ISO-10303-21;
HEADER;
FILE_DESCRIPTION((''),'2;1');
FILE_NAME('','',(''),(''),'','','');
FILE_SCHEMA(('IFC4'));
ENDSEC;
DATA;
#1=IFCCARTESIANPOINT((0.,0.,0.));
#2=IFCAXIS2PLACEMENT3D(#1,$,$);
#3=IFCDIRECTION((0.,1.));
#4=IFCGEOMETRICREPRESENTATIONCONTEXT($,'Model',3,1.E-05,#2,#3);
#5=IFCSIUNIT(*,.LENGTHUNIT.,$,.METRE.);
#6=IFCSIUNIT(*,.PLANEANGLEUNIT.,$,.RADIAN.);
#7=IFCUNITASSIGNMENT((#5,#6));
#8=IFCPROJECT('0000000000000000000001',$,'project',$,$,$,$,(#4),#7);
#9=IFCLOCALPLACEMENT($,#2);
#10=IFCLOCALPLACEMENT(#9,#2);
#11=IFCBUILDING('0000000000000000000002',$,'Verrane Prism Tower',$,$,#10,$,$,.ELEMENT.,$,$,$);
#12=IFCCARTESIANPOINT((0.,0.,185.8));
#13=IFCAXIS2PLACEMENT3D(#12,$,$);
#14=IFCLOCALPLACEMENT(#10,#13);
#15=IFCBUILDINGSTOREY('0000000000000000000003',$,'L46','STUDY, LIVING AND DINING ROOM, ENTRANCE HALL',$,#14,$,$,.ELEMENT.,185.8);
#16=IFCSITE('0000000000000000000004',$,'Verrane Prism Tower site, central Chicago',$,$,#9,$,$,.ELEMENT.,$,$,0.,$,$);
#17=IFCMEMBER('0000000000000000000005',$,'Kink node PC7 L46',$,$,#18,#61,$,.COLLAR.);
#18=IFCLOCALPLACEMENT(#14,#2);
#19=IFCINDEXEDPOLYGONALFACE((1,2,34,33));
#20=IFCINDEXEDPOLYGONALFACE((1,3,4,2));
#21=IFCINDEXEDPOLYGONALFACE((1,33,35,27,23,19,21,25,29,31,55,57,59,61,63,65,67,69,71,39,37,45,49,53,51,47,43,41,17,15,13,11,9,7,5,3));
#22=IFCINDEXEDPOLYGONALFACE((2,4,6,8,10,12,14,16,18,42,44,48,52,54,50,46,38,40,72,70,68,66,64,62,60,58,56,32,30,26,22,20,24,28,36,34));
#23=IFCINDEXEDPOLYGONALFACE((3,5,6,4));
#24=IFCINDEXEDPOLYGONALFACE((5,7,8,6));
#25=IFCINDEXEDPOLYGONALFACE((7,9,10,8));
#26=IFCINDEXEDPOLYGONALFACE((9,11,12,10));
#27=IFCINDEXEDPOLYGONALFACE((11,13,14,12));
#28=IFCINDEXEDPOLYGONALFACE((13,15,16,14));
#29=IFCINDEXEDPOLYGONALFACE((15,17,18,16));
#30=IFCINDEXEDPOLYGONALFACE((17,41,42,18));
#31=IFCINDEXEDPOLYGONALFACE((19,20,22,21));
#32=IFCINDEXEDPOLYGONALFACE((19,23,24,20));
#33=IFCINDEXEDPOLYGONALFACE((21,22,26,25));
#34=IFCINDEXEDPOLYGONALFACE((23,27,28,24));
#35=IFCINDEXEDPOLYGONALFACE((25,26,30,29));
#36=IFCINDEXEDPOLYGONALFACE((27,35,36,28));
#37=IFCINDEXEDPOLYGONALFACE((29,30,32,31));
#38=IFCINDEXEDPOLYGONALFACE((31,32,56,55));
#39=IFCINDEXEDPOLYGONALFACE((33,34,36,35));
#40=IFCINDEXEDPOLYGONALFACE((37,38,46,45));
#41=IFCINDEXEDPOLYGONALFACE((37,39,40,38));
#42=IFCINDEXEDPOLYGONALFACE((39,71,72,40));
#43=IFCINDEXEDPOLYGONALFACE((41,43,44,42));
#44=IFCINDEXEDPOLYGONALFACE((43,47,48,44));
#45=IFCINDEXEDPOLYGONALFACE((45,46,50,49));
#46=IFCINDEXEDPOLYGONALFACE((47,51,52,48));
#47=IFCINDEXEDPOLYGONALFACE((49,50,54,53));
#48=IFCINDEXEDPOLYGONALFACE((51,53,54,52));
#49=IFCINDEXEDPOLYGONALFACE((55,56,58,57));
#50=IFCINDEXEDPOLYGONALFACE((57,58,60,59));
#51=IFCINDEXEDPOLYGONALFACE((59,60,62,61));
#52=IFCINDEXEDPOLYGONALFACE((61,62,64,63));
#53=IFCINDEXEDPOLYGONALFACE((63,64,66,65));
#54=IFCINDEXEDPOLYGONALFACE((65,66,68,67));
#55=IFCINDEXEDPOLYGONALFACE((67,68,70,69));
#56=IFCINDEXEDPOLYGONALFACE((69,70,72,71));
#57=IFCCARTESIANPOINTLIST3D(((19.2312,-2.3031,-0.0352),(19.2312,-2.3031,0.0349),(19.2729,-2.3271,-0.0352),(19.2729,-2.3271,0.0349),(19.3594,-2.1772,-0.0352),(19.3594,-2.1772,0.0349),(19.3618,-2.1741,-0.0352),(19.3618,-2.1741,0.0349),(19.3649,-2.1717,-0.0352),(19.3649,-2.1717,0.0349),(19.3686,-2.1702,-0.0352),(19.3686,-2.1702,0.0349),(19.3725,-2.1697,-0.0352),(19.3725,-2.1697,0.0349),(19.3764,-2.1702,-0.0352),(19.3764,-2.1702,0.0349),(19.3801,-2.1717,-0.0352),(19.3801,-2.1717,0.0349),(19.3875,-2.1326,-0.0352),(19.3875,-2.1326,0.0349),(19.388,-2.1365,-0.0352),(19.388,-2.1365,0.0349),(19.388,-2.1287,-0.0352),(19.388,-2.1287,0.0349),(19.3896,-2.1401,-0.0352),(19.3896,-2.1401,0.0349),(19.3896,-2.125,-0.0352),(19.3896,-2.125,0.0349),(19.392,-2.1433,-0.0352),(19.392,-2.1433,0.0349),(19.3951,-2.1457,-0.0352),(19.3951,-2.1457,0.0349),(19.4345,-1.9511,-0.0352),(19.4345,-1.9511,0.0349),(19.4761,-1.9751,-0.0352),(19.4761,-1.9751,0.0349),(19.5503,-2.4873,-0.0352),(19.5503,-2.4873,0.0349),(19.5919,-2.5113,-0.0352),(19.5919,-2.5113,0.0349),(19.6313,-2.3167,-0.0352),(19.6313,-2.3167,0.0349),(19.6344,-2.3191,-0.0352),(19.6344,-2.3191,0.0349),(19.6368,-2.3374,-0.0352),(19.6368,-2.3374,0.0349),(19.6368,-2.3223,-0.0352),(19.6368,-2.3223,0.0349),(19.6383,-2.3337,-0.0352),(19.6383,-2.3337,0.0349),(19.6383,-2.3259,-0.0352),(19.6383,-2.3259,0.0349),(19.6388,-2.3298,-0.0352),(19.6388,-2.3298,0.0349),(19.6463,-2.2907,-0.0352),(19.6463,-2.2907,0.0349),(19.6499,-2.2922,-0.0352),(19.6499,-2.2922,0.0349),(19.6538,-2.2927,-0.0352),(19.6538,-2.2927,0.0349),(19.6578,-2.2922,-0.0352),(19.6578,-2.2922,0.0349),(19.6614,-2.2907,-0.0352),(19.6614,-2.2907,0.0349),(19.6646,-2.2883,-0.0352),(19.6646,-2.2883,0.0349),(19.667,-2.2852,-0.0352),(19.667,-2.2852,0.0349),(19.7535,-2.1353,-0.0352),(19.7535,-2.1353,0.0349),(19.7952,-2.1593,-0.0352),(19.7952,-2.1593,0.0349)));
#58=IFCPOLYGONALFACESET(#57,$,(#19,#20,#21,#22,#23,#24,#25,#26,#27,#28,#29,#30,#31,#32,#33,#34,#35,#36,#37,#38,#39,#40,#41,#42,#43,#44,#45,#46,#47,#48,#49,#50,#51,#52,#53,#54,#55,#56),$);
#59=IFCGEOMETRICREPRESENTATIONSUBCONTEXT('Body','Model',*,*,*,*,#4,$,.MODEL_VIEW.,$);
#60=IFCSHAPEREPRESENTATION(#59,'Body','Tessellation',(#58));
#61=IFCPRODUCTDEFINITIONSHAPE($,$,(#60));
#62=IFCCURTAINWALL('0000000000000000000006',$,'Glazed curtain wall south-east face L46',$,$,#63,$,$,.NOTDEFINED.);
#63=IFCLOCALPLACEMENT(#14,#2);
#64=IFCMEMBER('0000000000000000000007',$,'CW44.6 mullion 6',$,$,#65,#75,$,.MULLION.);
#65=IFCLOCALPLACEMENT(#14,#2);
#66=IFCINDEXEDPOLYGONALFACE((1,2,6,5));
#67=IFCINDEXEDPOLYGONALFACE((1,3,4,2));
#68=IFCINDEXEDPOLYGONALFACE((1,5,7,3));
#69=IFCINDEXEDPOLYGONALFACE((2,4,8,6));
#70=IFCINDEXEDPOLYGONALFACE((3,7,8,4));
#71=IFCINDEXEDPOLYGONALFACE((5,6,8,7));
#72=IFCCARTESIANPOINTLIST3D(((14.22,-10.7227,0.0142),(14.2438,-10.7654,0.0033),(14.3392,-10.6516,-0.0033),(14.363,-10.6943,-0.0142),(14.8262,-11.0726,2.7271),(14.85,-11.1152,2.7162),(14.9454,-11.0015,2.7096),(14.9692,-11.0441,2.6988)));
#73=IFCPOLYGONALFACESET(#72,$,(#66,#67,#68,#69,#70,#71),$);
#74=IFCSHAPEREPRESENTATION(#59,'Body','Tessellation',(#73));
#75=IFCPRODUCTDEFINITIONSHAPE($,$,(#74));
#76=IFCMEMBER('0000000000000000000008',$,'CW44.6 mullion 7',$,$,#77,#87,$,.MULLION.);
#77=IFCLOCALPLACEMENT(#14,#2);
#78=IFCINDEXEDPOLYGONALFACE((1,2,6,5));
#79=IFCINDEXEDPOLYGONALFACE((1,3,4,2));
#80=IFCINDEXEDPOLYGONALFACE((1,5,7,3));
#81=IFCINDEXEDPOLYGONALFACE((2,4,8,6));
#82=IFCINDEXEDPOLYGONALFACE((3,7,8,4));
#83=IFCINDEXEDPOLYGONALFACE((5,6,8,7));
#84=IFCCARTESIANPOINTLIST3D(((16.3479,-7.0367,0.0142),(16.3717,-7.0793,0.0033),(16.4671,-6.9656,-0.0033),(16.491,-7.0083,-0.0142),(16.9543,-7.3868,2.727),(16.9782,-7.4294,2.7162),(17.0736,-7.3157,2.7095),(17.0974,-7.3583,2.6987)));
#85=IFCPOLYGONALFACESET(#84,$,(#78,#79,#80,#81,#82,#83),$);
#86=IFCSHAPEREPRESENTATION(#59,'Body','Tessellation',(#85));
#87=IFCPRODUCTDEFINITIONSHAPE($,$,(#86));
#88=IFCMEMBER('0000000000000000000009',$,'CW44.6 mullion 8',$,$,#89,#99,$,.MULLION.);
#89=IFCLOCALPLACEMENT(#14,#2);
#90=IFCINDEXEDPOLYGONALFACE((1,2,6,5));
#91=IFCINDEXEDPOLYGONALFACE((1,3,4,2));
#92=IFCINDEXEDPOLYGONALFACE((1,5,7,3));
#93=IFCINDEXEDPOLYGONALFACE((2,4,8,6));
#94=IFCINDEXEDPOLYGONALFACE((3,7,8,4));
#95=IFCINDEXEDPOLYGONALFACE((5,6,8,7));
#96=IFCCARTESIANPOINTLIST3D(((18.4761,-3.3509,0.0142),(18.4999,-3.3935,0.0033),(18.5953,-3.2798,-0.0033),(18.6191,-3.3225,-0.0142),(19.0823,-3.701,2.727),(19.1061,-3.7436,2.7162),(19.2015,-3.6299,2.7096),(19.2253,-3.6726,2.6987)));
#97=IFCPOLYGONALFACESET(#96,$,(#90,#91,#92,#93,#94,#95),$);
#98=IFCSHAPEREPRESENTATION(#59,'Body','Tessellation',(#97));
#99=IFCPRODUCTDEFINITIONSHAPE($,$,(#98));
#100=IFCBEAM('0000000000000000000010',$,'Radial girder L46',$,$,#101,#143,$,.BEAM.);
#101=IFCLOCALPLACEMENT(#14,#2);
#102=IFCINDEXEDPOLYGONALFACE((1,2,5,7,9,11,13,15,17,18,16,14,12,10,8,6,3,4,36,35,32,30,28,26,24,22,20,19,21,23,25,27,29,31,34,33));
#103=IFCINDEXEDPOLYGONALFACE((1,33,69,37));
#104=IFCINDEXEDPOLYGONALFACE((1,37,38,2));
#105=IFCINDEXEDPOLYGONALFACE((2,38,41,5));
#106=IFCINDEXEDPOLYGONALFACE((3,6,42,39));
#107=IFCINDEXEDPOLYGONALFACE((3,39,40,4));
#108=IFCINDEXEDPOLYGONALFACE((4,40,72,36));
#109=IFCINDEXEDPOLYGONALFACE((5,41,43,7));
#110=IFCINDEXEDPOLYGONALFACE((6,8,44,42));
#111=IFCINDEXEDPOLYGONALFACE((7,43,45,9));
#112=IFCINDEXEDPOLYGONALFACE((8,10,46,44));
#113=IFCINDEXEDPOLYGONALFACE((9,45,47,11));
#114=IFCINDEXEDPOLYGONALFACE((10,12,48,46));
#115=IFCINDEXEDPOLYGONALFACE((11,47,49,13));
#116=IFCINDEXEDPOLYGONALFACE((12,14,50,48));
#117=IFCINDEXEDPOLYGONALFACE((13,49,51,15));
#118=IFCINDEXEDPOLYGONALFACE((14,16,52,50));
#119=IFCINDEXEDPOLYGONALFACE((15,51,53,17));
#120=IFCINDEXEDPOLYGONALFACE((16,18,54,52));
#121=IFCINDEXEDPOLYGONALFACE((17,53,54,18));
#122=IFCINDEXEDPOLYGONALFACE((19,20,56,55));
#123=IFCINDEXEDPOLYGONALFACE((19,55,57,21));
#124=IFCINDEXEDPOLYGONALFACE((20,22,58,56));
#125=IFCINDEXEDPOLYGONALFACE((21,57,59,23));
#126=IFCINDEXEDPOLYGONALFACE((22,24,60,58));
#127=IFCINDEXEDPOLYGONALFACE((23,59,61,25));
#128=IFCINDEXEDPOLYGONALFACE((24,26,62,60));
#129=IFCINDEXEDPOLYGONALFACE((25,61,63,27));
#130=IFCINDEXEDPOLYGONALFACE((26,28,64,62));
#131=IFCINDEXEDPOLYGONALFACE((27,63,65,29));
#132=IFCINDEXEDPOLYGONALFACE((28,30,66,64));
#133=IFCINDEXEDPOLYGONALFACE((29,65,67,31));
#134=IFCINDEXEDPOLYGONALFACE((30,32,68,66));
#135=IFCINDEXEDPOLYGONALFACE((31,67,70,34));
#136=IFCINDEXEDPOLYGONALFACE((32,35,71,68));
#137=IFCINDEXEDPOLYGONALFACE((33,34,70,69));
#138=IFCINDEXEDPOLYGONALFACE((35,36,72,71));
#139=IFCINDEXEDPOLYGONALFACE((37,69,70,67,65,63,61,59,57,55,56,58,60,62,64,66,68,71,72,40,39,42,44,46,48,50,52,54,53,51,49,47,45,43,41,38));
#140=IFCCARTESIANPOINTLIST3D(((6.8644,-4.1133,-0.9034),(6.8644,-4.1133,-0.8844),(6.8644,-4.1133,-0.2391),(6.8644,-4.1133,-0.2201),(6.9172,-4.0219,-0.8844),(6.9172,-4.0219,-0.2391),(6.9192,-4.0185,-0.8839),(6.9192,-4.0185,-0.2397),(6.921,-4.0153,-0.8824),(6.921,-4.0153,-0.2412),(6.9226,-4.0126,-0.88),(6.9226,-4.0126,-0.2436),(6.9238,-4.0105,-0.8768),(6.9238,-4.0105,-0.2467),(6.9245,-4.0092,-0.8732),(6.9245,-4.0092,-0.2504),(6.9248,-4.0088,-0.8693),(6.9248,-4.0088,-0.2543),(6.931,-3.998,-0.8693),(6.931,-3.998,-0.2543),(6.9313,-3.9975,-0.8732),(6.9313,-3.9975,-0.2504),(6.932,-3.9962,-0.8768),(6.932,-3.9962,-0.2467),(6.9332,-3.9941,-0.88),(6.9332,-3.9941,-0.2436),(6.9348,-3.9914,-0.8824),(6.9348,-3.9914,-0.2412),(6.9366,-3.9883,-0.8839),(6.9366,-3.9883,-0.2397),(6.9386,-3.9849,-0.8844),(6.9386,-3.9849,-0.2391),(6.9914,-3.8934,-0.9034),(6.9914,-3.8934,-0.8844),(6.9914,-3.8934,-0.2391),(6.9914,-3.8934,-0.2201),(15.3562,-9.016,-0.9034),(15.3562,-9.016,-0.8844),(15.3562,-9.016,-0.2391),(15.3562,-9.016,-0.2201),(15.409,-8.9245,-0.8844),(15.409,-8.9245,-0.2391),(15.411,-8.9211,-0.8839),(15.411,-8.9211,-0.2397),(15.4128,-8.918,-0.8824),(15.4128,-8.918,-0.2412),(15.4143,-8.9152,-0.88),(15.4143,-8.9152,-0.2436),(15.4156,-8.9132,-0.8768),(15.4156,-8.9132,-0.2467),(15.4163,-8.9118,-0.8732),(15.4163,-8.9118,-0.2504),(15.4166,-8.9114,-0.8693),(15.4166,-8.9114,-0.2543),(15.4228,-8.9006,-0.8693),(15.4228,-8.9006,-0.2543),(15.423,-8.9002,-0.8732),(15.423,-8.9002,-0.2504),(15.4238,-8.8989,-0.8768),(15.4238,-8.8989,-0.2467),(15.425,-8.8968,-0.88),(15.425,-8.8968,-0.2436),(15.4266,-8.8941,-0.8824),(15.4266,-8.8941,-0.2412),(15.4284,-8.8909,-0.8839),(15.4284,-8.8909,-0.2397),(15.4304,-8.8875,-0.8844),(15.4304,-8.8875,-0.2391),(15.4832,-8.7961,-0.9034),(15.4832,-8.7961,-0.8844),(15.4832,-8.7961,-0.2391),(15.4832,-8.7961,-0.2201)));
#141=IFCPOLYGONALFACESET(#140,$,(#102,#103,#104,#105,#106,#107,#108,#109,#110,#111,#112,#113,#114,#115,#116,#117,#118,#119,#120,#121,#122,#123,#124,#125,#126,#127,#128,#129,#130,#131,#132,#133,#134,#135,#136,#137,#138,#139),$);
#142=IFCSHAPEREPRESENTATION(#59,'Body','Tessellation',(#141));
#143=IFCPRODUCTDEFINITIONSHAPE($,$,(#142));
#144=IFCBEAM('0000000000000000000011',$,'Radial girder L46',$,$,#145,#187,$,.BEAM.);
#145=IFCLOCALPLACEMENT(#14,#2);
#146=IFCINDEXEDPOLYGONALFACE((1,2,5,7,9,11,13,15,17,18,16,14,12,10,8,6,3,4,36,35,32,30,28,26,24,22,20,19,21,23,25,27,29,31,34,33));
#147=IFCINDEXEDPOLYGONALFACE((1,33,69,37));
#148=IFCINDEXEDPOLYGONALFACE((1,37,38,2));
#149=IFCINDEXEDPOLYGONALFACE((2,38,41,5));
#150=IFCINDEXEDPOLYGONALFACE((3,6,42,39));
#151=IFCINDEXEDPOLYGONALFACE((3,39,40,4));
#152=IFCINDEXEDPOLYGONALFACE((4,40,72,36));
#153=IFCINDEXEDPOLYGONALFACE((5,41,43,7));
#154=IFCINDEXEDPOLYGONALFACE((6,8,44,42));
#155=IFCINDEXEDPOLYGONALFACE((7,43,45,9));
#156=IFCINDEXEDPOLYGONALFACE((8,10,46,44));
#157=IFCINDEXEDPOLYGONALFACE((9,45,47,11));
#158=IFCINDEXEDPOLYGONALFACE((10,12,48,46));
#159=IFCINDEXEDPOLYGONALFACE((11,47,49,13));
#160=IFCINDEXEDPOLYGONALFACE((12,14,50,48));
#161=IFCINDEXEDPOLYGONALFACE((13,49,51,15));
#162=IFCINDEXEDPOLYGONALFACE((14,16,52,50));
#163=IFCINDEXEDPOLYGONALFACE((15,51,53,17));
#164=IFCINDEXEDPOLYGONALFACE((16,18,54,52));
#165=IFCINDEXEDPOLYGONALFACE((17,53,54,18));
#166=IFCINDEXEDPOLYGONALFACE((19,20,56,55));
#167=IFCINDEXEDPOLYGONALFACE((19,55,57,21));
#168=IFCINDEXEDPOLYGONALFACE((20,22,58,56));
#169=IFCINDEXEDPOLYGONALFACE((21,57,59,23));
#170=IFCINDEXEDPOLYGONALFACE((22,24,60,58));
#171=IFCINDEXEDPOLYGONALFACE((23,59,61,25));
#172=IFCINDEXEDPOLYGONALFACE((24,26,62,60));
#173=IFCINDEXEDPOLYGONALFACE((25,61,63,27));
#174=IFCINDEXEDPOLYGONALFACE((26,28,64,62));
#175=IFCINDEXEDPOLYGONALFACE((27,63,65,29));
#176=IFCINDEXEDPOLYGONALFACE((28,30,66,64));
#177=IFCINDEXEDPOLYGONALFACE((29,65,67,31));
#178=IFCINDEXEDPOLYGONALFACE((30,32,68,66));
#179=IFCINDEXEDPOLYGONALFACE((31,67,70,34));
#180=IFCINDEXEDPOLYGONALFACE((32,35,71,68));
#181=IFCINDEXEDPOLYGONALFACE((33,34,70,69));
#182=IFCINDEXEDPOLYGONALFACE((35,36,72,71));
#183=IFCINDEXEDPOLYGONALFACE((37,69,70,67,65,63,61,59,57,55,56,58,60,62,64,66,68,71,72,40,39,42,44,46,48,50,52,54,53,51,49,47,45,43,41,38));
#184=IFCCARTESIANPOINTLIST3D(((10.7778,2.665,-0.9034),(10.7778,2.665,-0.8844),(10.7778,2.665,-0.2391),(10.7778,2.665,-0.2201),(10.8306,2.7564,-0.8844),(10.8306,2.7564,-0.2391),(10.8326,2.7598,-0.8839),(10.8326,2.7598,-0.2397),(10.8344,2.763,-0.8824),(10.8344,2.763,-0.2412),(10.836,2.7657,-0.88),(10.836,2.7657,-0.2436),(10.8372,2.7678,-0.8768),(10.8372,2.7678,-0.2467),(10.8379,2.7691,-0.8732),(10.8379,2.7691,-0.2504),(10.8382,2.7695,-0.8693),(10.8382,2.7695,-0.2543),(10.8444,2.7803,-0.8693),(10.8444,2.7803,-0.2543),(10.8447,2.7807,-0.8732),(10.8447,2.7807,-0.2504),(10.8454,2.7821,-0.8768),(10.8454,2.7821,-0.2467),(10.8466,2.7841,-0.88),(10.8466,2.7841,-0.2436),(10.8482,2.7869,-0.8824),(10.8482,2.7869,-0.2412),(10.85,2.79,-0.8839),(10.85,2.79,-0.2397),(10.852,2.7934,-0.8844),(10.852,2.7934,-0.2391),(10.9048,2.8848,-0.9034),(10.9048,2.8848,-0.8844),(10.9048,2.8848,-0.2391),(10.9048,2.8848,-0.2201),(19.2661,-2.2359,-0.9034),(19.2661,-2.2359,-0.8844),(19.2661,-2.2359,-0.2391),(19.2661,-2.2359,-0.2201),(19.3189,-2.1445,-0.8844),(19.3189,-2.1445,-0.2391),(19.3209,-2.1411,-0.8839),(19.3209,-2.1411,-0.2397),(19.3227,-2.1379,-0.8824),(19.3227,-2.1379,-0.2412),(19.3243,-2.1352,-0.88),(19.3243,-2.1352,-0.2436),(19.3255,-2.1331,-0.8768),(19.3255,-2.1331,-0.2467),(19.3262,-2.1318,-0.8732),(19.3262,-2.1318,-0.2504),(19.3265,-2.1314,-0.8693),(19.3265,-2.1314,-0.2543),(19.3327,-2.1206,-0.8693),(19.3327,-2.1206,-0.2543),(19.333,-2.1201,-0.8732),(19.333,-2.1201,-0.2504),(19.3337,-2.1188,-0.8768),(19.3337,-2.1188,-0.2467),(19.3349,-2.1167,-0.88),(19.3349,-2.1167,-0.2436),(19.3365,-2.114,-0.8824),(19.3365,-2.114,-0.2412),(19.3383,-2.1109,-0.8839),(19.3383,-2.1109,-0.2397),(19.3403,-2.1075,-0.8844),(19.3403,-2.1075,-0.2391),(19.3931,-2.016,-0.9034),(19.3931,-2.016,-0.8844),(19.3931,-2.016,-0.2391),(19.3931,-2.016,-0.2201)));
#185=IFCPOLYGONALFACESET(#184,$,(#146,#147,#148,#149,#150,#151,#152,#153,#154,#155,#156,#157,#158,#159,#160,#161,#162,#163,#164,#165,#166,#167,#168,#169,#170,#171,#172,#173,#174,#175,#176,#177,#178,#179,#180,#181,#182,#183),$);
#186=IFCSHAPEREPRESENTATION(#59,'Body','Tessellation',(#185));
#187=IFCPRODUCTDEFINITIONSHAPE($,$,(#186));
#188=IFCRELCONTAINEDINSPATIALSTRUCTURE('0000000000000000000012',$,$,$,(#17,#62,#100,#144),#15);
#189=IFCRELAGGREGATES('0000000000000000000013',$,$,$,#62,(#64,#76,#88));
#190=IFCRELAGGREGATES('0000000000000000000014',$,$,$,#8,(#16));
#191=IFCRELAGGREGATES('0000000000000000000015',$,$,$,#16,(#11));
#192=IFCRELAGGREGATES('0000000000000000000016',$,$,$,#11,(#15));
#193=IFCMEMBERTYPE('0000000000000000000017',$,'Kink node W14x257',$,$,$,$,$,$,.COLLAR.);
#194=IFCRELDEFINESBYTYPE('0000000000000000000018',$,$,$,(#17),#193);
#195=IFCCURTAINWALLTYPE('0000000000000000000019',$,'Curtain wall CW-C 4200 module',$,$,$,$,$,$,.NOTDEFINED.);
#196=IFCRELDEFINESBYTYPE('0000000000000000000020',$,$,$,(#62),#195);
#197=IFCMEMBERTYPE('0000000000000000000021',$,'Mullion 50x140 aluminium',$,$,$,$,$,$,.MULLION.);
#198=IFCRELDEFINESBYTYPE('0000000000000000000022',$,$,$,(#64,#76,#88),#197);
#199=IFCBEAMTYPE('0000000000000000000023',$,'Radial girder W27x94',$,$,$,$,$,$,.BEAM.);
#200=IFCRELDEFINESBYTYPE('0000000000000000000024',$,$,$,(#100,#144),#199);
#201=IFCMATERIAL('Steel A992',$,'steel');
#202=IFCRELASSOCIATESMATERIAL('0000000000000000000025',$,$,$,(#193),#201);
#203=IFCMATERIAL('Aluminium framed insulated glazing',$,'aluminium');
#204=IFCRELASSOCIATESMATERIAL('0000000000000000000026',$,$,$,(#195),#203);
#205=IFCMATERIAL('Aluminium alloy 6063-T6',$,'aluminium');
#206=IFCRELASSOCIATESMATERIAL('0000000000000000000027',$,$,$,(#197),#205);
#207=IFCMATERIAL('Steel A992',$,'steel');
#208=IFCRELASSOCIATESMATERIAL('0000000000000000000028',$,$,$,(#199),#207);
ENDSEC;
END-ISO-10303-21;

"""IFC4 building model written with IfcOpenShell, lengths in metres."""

from ifc_helpers import new_model, si_unit, direction, frame, origin, origin_2d, place, context, subcontext, project, spatial, rectangle, i_section, extrude, material, material_profile, profile_set, type_object, element, aggregate, save


model = new_model("IFC4")

# Units and contexts
model_context = context("Model", 3, precision=1e-05, world=origin(), true_north=direction((0.0, 1.0)))
body_context = subcontext(model_context, "Body", "Model", "MODEL_VIEW")
ifc_project = project(units=[si_unit("LENGTHUNIT", "METRE"), si_unit("PLANEANGLEUNIT", "RADIAN")], contexts=[model_context])

# Site, building, storey
site_placement = place(None, origin())
site = spatial("IfcSite", under=ifc_project, at=site_placement, Name="Verrane Prism Tower site, central Chicago", CompositionType="ELEMENT", RefElevation=0.0)
building_placement = place(site_placement, origin())
building = spatial("IfcBuilding", under=site, at=building_placement, Name="Verrane Prism Tower", CompositionType="ELEMENT")
storey_placement = place(building_placement, frame((0.0, 0.0, 185.8)))
storey = spatial("IfcBuildingStorey", under=building, at=storey_placement, Name="L46", Description="STUDY, LIVING AND DINING ROOM, ENTRANCE HALL", CompositionType="ELEMENT", Elevation=185.8)

# Member
ifc_material_1 = material(Name="Steel A992", Category="steel")
ifc_material_profile_1 = material_profile(ifc_material_1, i_section(OverallWidth=0.4065, OverallDepth=0.4165, WebThickness=0.03, FlangeThickness=0.0481, FilletRadius=0.0151, at=origin_2d()), Name="W14x257")
ifc_profile_set_1 = profile_set([ifc_material_profile_1], Name="Steel A992")
member_type_1 = type_object("IfcMemberType", Name="Kink node W14x257", PredefinedType="COLLAR", material=ifc_profile_set_1)
member_1_placement = place(storey_placement, frame((19.5132, -2.2312, -0.0352), z_axis=(0.0, 0.0, 1.0), x_axis=(-0.5, -0.866025, 0.0)))
element("IfcMember", 1, at=member_1_placement, inside=storey, type_object=member_type_1, Name="Kink node PC7 L46", PredefinedType="COLLAR", context=body_context, shape_type="SweptSolid", body=[
    extrude(i_section(OverallWidth=0.4065, OverallDepth=0.4165, WebThickness=0.03, FlangeThickness=0.0481, FilletRadius=0.0151, at=origin_2d()), origin(), (0.0, 0.0, 1.0), 0.0701),
])

# Curtain wall, members
ifc_material_2 = material(Name="Aluminium framed insulated glazing", Category="aluminium")
curtain_wall_type = type_object("IfcCurtainWallType", Name="Curtain wall CW-C 4200 module", PredefinedType="NOTDEFINED", material=ifc_material_2)
curtain_wall_placement = place(storey_placement, origin())
curtain_wall = element("IfcCurtainWall", 2, at=curtain_wall_placement, inside=storey, type_object=curtain_wall_type, Name="Glazed curtain wall south-east face L46", PredefinedType="NOTDEFINED")
ifc_material_3 = material(Name="Aluminium alloy 6063-T6", Category="aluminium")
ifc_material_profile_2 = material_profile(ifc_material_3, rectangle(XDim=0.1399, YDim=0.05, at=origin_2d()), Name="Mullion 50x140 aluminium")
ifc_profile_set_2 = profile_set([ifc_material_profile_2], Name="Aluminium alloy 6063-T6")
member_type_2 = type_object("IfcMemberType", Name="Mullion 50x140 aluminium", PredefinedType="MULLION", material=ifc_profile_set_2)
member_2_placement = place(storey_placement, frame((14.2915, -10.7085, 0.0), z_axis=(0.216367, -0.124871, 0.968294), x_axis=(-0.85221, -0.508072, 0.124907)))
member_2 = element("IfcMember", 3, at=member_2_placement, type_object=member_type_2, Name="CW44.6 mullion 6", PredefinedType="MULLION", context=body_context, shape_type="SweptSolid", body=[
    extrude(rectangle(XDim=0.1399, YDim=0.05, at=origin_2d()), origin(), (0.0, 0.0, 1.0), 2.8018),
])
member_3_placement = place(storey_placement, frame((16.4194, -7.0225, 0.0), z_axis=(0.216448, -0.124954, 0.968265), x_axis=(-0.852262, -0.50797, 0.124963)))
member_3 = element("IfcMember", 4, at=member_3_placement, type_object=member_type_2, Name="CW44.6 mullion 7", PredefinedType="MULLION", context=body_context, shape_type="SweptSolid", body=[
    extrude(rectangle(XDim=0.1399, YDim=0.05, at=origin_2d()), origin(), (0.0, 0.0, 1.0), 2.8018),
])
member_4_placement = place(storey_placement, frame((18.5476, -3.3367, 0.0), z_axis=(0.216365, -0.124957, 0.968283), x_axis=(-0.852359, -0.507817, 0.124928)))
member_4 = element("IfcMember", 5, at=member_4_placement, type_object=member_type_2, Name="CW44.6 mullion 8", PredefinedType="MULLION", context=body_context, shape_type="SweptSolid", body=[
    extrude(rectangle(XDim=0.1399, YDim=0.05, at=origin_2d()), origin(), (0.0, 0.0, 1.0), 2.8018),
])

# Beams
ifc_material_4 = material(Name="Steel A992", Category="steel")
ifc_material_profile_3 = material_profile(ifc_material_4, i_section(OverallWidth=0.2539, OverallDepth=0.6833, WebThickness=0.0125, FlangeThickness=0.019, FilletRadius=0.0151, at=origin_2d()), Name="W27x94")
ifc_profile_set_3 = profile_set([ifc_material_profile_3], Name="Steel A992")
beam_type_1 = type_object("IfcBeamType", Name="Radial girder W27x94", PredefinedType="BEAM", material=ifc_profile_set_3)
beam_1_placement = place(storey_placement, frame((15.4197, -8.906, -0.5618), z_axis=(-0.86603, 0.499993, 0.0), x_axis=(-0.499993, -0.86603, 0.0)))
element("IfcBeam", 6, at=beam_1_placement, inside=storey, type_object=beam_type_1, Name="Radial girder L46", PredefinedType="BEAM", context=body_context, shape_type="SweptSolid", body=[
    extrude(i_section(OverallWidth=0.2539, OverallDepth=0.6833, WebThickness=0.0125, FlangeThickness=0.019, FilletRadius=0.0151, at=origin_2d()), origin(), (0.0, 0.0, 1.0), 9.8054),
])
beam_2_placement = place(storey_placement, frame((19.3296, -2.126, -0.5618), z_axis=(-0.866018, 0.500013, 0.0), x_axis=(-0.500013, -0.866018, 0.0)))
element("IfcBeam", 7, at=beam_2_placement, inside=storey, type_object=beam_type_1, Name="Radial girder L46", PredefinedType="BEAM", context=body_context, shape_type="SweptSolid", body=[
    extrude(i_section(OverallWidth=0.2539, OverallDepth=0.6833, WebThickness=0.0125, FlangeThickness=0.019, FilletRadius=0.0151, at=origin_2d()), origin(), (0.0, 0.0, 1.0), 9.8015),
])

aggregate(curtain_wall, [member_2, member_3, member_4])

save(model, "model.ifc")
